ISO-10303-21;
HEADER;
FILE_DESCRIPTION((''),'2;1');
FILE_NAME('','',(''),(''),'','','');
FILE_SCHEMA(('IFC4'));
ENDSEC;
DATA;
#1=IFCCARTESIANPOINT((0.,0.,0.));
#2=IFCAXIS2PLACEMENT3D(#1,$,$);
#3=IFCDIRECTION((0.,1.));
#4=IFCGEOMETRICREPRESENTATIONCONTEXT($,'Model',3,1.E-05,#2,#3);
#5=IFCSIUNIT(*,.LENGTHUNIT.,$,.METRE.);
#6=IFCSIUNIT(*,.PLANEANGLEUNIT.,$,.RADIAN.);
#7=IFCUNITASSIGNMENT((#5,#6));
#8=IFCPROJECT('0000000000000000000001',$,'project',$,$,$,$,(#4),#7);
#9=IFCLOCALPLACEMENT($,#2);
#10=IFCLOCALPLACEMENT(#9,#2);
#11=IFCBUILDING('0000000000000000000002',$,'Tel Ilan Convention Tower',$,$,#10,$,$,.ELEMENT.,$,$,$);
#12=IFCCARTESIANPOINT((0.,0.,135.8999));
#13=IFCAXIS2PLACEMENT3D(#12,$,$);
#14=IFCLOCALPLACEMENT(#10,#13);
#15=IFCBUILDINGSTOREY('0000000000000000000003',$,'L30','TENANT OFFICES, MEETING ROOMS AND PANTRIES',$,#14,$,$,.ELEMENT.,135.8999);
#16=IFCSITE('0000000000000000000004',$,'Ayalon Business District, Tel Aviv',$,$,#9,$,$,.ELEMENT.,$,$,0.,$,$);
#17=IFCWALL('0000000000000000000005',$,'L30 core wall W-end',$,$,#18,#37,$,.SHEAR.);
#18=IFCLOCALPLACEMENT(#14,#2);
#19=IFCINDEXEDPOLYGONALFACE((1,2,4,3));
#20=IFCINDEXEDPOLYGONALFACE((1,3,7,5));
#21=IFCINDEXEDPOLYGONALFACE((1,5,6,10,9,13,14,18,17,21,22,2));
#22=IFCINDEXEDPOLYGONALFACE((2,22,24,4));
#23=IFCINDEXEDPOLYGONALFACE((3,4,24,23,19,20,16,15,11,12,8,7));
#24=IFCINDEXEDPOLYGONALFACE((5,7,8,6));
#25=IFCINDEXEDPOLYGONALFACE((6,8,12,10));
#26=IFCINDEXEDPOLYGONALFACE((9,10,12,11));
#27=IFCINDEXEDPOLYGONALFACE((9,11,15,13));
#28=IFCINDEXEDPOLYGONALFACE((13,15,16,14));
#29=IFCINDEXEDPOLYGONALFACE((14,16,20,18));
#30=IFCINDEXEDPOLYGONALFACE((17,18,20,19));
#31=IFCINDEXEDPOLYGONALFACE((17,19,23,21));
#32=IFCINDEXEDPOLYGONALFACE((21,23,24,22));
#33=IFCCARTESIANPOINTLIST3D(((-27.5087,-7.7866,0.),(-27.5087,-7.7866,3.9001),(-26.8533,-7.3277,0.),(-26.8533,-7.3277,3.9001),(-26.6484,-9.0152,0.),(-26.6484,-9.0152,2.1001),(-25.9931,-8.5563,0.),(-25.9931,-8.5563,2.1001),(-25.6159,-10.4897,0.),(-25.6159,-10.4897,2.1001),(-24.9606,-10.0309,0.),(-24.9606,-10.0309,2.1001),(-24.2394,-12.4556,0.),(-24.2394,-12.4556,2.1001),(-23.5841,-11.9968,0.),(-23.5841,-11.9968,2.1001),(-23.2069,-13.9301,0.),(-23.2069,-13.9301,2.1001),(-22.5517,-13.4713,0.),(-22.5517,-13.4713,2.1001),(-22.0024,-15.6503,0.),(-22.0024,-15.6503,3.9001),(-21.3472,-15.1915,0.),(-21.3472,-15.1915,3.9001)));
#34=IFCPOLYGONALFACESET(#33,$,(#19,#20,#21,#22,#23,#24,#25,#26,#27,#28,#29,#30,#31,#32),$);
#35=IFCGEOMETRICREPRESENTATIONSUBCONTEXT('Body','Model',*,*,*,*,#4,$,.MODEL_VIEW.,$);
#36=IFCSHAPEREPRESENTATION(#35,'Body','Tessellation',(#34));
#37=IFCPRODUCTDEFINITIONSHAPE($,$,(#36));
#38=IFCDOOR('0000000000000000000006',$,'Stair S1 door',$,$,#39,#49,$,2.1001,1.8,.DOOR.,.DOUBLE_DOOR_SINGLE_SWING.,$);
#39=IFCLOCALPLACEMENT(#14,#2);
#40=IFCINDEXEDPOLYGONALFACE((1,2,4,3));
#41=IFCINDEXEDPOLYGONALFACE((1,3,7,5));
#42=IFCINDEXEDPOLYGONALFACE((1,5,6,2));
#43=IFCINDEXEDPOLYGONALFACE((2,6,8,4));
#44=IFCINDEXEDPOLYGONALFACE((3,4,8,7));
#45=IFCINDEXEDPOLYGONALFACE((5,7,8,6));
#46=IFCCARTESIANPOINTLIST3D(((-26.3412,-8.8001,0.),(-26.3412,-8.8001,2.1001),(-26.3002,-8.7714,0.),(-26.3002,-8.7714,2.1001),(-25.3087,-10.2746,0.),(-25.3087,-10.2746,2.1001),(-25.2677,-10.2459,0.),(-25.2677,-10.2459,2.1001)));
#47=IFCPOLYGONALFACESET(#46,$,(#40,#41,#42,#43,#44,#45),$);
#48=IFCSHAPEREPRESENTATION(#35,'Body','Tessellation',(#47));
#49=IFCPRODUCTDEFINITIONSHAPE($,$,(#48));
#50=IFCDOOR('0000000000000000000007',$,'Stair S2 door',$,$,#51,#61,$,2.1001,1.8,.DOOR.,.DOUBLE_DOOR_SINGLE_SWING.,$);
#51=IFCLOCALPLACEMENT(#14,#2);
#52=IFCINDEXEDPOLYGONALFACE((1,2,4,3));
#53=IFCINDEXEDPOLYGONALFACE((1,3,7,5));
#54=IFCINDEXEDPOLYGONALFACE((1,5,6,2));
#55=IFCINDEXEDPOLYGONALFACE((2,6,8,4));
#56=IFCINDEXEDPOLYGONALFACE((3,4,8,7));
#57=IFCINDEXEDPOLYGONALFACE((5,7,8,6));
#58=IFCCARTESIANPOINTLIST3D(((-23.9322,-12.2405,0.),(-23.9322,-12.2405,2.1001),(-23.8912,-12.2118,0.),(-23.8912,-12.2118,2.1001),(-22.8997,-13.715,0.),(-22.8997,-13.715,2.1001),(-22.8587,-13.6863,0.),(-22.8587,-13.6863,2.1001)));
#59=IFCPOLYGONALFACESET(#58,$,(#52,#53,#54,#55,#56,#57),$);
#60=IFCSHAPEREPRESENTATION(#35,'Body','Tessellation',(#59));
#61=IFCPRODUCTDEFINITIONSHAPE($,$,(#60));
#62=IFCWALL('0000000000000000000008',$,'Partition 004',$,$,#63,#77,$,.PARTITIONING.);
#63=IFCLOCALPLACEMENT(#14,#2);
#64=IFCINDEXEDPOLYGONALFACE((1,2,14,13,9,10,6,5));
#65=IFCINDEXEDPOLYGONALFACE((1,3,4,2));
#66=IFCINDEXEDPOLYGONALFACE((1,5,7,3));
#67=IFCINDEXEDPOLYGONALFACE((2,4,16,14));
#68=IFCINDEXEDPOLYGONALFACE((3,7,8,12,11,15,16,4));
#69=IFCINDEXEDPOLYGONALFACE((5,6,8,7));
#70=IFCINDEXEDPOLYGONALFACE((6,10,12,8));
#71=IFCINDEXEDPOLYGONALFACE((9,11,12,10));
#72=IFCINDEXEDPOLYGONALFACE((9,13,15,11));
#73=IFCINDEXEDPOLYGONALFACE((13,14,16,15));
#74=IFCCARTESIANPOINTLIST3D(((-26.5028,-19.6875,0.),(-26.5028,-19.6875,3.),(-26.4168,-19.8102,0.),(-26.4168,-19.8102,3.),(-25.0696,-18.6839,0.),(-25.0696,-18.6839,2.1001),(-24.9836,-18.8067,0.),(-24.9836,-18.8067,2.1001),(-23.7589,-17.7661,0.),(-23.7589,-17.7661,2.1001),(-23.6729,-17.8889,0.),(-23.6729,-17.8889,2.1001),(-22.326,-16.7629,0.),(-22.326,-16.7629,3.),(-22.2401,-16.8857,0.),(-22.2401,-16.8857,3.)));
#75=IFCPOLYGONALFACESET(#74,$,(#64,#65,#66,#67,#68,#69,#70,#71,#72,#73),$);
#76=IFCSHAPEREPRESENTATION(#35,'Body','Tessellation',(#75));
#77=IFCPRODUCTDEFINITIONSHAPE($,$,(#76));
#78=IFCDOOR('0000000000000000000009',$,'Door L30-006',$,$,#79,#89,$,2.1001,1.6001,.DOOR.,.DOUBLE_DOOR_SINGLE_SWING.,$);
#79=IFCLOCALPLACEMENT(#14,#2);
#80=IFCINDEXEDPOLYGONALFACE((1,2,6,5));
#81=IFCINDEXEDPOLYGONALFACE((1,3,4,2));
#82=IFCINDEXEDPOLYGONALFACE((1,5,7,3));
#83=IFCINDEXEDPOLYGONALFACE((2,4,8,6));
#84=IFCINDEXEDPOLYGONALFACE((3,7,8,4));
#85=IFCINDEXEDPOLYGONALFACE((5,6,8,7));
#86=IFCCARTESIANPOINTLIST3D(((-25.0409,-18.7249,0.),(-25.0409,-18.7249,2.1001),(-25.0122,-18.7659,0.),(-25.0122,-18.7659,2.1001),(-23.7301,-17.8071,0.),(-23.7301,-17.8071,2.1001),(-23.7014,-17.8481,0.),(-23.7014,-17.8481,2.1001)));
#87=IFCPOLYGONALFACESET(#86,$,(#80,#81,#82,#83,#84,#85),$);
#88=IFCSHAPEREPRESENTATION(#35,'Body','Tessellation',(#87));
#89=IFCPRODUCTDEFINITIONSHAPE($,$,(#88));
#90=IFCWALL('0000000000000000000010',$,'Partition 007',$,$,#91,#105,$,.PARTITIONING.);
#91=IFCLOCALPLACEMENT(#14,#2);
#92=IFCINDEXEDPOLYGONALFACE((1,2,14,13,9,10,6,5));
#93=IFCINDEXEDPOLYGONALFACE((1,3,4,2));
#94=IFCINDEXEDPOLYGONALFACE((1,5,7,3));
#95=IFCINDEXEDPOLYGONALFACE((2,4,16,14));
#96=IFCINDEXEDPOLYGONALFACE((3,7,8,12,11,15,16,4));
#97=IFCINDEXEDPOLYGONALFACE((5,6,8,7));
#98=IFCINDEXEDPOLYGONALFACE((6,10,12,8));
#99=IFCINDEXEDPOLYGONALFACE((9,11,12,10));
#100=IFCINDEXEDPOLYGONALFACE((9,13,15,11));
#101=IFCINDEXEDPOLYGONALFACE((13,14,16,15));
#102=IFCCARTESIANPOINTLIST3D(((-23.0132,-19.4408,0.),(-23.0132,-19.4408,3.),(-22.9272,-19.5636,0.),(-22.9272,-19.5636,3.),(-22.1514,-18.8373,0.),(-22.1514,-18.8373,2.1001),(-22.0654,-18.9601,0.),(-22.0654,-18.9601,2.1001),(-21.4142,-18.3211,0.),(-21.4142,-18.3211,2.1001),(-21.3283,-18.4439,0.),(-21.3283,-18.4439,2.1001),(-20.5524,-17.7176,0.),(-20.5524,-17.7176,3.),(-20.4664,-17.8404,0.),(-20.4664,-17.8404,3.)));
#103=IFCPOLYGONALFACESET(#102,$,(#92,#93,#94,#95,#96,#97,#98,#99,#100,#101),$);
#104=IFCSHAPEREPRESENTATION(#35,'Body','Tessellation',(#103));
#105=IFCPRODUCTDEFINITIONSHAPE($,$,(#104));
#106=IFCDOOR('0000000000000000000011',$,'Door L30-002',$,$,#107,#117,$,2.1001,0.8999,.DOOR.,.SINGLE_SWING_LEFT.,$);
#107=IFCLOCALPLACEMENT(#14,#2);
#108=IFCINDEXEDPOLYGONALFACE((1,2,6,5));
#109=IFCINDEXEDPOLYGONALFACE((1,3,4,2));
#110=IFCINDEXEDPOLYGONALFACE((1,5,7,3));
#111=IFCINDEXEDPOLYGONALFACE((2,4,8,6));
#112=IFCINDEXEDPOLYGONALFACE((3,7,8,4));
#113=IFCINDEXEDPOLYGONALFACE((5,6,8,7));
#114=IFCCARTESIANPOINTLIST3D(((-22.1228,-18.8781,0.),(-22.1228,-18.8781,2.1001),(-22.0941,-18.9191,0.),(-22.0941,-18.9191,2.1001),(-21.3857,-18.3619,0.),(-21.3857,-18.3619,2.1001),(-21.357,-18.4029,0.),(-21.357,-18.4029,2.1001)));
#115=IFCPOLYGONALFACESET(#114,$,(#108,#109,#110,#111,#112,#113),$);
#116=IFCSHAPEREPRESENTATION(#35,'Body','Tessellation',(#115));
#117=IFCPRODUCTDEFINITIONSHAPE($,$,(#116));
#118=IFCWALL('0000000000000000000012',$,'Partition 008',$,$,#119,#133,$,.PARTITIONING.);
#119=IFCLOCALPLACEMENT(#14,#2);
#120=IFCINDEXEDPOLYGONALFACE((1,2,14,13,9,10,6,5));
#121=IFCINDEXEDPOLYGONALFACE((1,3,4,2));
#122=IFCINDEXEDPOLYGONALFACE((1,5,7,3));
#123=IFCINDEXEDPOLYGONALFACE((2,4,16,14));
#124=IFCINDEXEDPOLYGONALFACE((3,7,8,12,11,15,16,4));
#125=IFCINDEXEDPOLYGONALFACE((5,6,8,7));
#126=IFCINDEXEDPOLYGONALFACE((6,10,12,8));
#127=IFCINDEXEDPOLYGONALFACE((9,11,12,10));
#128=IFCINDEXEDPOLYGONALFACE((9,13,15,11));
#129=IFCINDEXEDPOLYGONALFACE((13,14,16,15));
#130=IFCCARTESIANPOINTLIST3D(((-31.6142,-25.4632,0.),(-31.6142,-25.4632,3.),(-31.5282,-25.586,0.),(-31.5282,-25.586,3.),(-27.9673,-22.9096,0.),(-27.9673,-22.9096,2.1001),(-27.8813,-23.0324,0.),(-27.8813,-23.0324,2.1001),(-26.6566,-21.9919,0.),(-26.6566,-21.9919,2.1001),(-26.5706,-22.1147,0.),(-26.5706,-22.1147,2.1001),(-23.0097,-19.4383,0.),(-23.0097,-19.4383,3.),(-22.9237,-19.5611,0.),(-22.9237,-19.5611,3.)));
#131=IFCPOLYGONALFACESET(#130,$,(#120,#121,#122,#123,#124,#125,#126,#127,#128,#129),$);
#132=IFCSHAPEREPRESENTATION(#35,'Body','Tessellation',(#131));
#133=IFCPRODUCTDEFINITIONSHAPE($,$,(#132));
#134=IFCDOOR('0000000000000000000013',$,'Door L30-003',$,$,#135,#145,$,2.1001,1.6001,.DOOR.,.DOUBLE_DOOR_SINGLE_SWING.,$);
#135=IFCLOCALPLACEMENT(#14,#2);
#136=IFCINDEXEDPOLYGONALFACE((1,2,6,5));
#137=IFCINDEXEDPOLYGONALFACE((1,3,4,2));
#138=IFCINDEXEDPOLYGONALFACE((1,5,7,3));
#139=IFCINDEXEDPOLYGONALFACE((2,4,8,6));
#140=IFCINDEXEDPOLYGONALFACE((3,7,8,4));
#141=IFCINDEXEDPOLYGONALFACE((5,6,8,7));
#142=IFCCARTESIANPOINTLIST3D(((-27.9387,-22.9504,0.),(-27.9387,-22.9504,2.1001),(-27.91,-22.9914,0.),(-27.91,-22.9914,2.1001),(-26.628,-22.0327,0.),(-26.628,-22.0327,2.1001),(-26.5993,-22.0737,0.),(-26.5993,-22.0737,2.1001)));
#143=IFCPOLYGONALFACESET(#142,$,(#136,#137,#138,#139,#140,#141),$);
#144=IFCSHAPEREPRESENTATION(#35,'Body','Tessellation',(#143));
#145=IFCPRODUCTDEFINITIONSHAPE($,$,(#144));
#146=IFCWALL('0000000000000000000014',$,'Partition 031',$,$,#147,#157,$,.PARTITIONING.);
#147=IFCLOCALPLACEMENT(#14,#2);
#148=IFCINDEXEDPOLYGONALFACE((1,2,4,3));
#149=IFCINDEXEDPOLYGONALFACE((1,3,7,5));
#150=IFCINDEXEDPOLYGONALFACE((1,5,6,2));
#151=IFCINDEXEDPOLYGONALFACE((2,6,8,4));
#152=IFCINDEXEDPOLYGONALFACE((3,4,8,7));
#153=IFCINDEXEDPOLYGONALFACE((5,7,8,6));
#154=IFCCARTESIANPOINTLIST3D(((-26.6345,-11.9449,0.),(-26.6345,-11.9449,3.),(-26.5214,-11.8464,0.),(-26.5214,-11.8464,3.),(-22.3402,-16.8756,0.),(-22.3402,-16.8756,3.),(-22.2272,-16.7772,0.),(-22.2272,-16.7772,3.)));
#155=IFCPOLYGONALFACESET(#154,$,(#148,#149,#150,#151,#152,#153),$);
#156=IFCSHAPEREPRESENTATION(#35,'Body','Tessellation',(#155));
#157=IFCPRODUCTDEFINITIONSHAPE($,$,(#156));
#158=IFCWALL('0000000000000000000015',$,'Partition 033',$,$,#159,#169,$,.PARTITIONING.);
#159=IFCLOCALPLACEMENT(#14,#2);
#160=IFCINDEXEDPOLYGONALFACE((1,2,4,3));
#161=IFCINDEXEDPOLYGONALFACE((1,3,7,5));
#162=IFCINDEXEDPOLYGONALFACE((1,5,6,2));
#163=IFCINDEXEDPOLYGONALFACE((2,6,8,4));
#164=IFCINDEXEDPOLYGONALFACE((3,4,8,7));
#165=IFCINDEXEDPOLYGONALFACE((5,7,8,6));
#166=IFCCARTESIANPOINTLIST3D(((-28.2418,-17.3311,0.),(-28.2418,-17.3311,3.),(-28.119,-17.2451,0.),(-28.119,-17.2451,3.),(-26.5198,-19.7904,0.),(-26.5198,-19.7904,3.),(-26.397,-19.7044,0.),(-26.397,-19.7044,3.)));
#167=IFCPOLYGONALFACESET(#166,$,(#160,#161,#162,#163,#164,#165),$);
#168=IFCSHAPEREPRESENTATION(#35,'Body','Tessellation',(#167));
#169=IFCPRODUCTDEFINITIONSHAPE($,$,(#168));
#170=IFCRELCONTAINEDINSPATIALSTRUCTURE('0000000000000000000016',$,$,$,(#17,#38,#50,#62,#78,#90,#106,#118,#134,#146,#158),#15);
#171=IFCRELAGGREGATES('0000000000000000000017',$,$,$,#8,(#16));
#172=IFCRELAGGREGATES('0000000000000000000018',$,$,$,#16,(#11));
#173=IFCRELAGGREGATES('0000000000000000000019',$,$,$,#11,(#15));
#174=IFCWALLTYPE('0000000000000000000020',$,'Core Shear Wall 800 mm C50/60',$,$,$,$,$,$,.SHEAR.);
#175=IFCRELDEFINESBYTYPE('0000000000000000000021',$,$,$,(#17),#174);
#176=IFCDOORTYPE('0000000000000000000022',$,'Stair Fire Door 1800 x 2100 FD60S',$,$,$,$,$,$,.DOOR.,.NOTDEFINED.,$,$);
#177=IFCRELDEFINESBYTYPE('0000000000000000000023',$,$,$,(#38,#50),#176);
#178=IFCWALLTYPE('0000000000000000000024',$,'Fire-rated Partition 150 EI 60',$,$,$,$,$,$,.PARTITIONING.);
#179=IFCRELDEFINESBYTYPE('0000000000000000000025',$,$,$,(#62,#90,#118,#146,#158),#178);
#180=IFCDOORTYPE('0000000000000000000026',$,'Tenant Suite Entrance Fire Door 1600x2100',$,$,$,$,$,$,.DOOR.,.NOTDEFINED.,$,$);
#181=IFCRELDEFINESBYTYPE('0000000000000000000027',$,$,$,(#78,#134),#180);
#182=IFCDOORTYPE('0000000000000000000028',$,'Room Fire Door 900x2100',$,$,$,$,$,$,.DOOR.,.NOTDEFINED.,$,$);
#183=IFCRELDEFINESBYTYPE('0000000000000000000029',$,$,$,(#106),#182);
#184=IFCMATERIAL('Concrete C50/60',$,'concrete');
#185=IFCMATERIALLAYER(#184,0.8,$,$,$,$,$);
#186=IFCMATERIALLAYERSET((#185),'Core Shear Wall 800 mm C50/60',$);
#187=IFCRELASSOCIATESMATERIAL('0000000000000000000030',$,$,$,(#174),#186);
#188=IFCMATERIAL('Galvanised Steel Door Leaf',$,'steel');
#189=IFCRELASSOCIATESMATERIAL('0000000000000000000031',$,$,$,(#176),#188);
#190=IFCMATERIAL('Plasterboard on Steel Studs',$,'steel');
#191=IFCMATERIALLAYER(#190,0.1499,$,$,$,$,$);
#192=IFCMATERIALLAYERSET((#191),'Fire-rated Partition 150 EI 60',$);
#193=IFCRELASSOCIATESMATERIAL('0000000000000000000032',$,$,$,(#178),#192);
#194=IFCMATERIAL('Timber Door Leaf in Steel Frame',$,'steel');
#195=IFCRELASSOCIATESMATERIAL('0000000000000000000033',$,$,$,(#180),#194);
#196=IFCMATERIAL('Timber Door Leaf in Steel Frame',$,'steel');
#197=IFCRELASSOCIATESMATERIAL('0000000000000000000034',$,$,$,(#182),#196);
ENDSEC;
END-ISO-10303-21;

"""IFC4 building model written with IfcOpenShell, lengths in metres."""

from ifc_helpers import new_model, si_unit, direction, frame, frame_2d, origin, place, context, subcontext, project, spatial, polyline, rectangle, outline, extrude, material, layer, layer_set, type_object, element, fill, save


model = new_model("IFC4")

# Units and contexts
model_context = context("Model", 3, precision=1e-05, world=origin(), true_north=direction((0.0, 1.0)))
body_context = subcontext(model_context, "Body", "Model", "MODEL_VIEW")
ifc_project = project(units=[si_unit("LENGTHUNIT", "METRE"), si_unit("PLANEANGLEUNIT", "RADIAN")], contexts=[model_context])

# Site, building, storey
site_placement = place(None, origin())
site = spatial("IfcSite", under=ifc_project, at=site_placement, Name="Ayalon Business District, Tel Aviv", CompositionType="ELEMENT", RefElevation=0.0)
building_placement = place(site_placement, origin())
building = spatial("IfcBuilding", under=site, at=building_placement, Name="Tel Ilan Convention Tower", CompositionType="ELEMENT")
storey_placement = place(building_placement, frame((0.0, 0.0, 135.8999)))
storey = spatial("IfcBuildingStorey", under=building, at=storey_placement, Name="L30", Description="TENANT OFFICES, MEETING ROOMS AND PANTRIES", CompositionType="ELEMENT", Elevation=135.8999)

# Wall, openings, doors
ifc_material_1 = material(Name="Concrete C50/60", Category="concrete")
ifc_layer_1 = layer(ifc_material_1, 0.8)
ifc_layer_set_1 = layer_set([ifc_layer_1], Name="Core Shear Wall 800 mm C50/60")
wall_type_1 = type_object("IfcWallType", Name="Core Shear Wall 800 mm C50/60", PredefinedType="SHEAR", material=ifc_layer_set_1)
wall_1_placement = place(storey_placement, frame((-21.6748, -15.4209, 0.0), z_axis=(0.0, 0.0, 1.0), x_axis=(-0.573582, 0.819148, 0.0)))
wall_1 = element("IfcWall", 1, at=wall_1_placement, inside=storey, type_object=wall_type_1, Name="L30 core wall W-end", PredefinedType="SHEAR", context=body_context, shape_type="SweptSolid", body=[
    extrude(outline(polyline([(0.0, 0.3999), (0.0, -0.3999), (9.5999, -0.4001), (9.5999, 0.3999), (0.0, 0.3999)])), origin(), (0.0, 0.0, 1.0), 3.9001),
])
opening_1_placement = place(wall_1_placement, frame((6.3, 0.0, 0.0)))
opening_1 = element("IfcOpeningElement", 2, at=opening_1_placement, cuts=wall_1, PredefinedType="OPENING", context=body_context, shape_type="SweptSolid", body=[
    extrude(rectangle(XDim=1.8, YDim=2.1001, at=frame_2d((0.8999, 1.05))), frame((0.0, 0.4099, 0.0), z_axis=(0.0, -1.0, 0.0), x_axis=(1.0, 0.0, 0.0)), (0.0, 0.0, 1.0), 0.8201),
])
opening_2_placement = place(wall_1_placement, frame((2.1001, 0.0, 0.0)))
opening_2 = element("IfcOpeningElement", 3, at=opening_2_placement, cuts=wall_1, PredefinedType="OPENING", context=body_context, shape_type="SweptSolid", body=[
    extrude(rectangle(XDim=1.8, YDim=2.1001, at=frame_2d((0.8999, 1.05))), frame((0.0, 0.4099, 0.0), z_axis=(0.0, -1.0, 0.0), x_axis=(1.0, 0.0, 0.0)), (0.0, 0.0, 1.0), 0.8201),
])
ifc_material_2 = material(Name="Galvanised Steel Door Leaf", Category="steel")
door_type_1 = type_object("IfcDoorType", Name="Stair Fire Door 1800 x 2100 FD60S", OperationType="NOTDEFINED", PredefinedType="DOOR", material=ifc_material_2)
door_1_placement = place(opening_1_placement, origin())
door_1 = element("IfcDoor", 4, at=door_1_placement, inside=storey, type_object=door_type_1, Name="Stair S1 door", OperationType="DOUBLE_DOOR_SINGLE_SWING", OverallHeight=2.1001, OverallWidth=1.8, PredefinedType="DOOR", context=body_context, shape_type="SweptSolid", body=[
    extrude(rectangle(XDim=1.8, YDim=2.1001, at=frame_2d((0.8999, 1.05))), frame((0.0, 0.0249, 0.0), z_axis=(0.0, -1.0, 0.0), x_axis=(1.0, 0.0, 0.0)), (0.0, 0.0, 1.0), 0.05),
])
fill(opening_1, door_1)
door_2_placement = place(opening_2_placement, origin())
door_2 = element("IfcDoor", 5, at=door_2_placement, inside=storey, type_object=door_type_1, Name="Stair S2 door", OperationType="DOUBLE_DOOR_SINGLE_SWING", OverallHeight=2.1001, OverallWidth=1.8, PredefinedType="DOOR", context=body_context, shape_type="SweptSolid", body=[
    extrude(rectangle(XDim=1.8, YDim=2.1001, at=frame_2d((0.8999, 1.05))), frame((0.0, 0.0249, 0.0), z_axis=(0.0, -1.0, 0.0), x_axis=(1.0, 0.0, 0.0)), (0.0, 0.0, 1.0), 0.05),
])
fill(opening_2, door_2)

# Walls, openings, doors
ifc_material_3 = material(Name="Plasterboard on Steel Studs", Category="steel")
ifc_layer_2 = layer(ifc_material_3, 0.1499)
ifc_layer_set_2 = layer_set([ifc_layer_2], Name="Fire-rated Partition 150 EI 60")
wall_type_2 = type_object("IfcWallType", Name="Fire-rated Partition 150 EI 60", PredefinedType="PARTITIONING", material=ifc_layer_set_2)
wall_2_placement = place(storey_placement, frame((-26.4597, -19.7488, 0.0), z_axis=(0.0, 0.0, 1.0), x_axis=(0.819155, 0.573572, 0.0)))
wall_2 = element("IfcWall", 6, at=wall_2_placement, inside=storey, type_object=wall_type_2, Name="Partition 004", PredefinedType="PARTITIONING", context=body_context, shape_type="SweptSolid", body=[
    extrude(rectangle(XDim=5.0989, YDim=0.1499, at=frame_2d((2.5493, 0.0))), origin(), (0.0, 0.0, 1.0), 3.0),
])
opening_3_placement = place(wall_2_placement, frame((1.7495, 0.0, 0.0)))
opening_3 = element("IfcOpeningElement", 7, at=opening_3_placement, cuts=wall_2, PredefinedType="OPENING", context=body_context, shape_type="SweptSolid", body=[
    extrude(rectangle(XDim=1.6001, YDim=2.1001, at=frame_2d((0.8, 1.05))), frame((0.0, 0.085, 0.0), z_axis=(0.0, -1.0, 0.0), x_axis=(1.0, 0.0, 0.0)), (0.0, 0.0, 1.0), 0.1699),
])
ifc_material_4 = material(Name="Timber Door Leaf in Steel Frame", Category="steel")
door_type_2 = type_object("IfcDoorType", Name="Tenant Suite Entrance Fire Door 1600x2100", OperationType="NOTDEFINED", PredefinedType="DOOR", material=ifc_material_4)
door_3_placement = place(opening_3_placement, origin())
door_3 = element("IfcDoor", 8, at=door_3_placement, inside=storey, type_object=door_type_2, Name="Door L30-006", OperationType="DOUBLE_DOOR_SINGLE_SWING", OverallHeight=2.1001, OverallWidth=1.6001, PredefinedType="DOOR", context=body_context, shape_type="SweptSolid", body=[
    extrude(rectangle(XDim=1.6001, YDim=2.1001, at=frame_2d((0.8, 1.05))), frame((0.0, 0.0249, 0.0), z_axis=(0.0, -1.0, 0.0), x_axis=(1.0, 0.0, 0.0)), (0.0, 0.0, 1.0), 0.05),
])
fill(opening_3, door_3)
wall_3_placement = place(storey_placement, frame((-20.5095, -17.7791, 0.0), z_axis=(0.0, 0.0, 1.0), x_axis=(-0.819129, -0.57361, 0.0)))
wall_3 = element("IfcWall", 9, at=wall_3_placement, inside=storey, type_object=wall_type_2, Name="Partition 007", PredefinedType="PARTITIONING", context=body_context, shape_type="SweptSolid", body=[
    extrude(rectangle(XDim=3.0042, YDim=0.1499, at=frame_2d((1.502, 0.0))), origin(), (0.0, 0.0, 1.0), 3.0),
])
opening_4_placement = place(wall_3_placement, frame((1.052, 0.0, 0.0)))
opening_4 = element("IfcOpeningElement", 10, at=opening_4_placement, cuts=wall_3, PredefinedType="OPENING", context=body_context, shape_type="SweptSolid", body=[
    extrude(rectangle(XDim=0.8999, YDim=2.1001, at=frame_2d((0.45, 1.05))), frame((0.0, 0.085, 0.0), z_axis=(0.0, -1.0, 0.0), x_axis=(1.0, 0.0, 0.0)), (0.0, 0.0, 1.0), 0.1699),
])
ifc_material_5 = material(Name="Timber Door Leaf in Steel Frame", Category="steel")
door_type_3 = type_object("IfcDoorType", Name="Room Fire Door 900x2100", OperationType="NOTDEFINED", PredefinedType="DOOR", material=ifc_material_5)
door_4_placement = place(opening_4_placement, origin())
door_4 = element("IfcDoor", 11, at=door_4_placement, inside=storey, type_object=door_type_3, Name="Door L30-002", OperationType="SINGLE_SWING_LEFT", OverallHeight=2.1001, OverallWidth=0.8999, PredefinedType="DOOR", context=body_context, shape_type="SweptSolid", body=[
    extrude(rectangle(XDim=0.8999, YDim=2.1001, at=frame_2d((0.45, 1.05))), frame((0.0, 0.0249, 0.0), z_axis=(0.0, -1.0, 0.0), x_axis=(1.0, 0.0, 0.0)), (0.0, 0.0, 1.0), 0.05),
])
fill(opening_4, door_4)
wall_4_placement = place(storey_placement, frame((-22.9668, -19.4998, 0.0), z_axis=(0.0, 0.0, 1.0), x_axis=(-0.819153, -0.573575, 0.0)))
wall_4 = element("IfcWall", 12, at=wall_4_placement, inside=storey, type_object=wall_type_2, Name="Partition 008", PredefinedType="PARTITIONING", context=body_context, shape_type="SweptSolid", body=[
    extrude(rectangle(XDim=10.5042, YDim=0.1499, at=frame_2d((5.252, 0.0))), origin(), (0.0, 0.0, 1.0), 3.0),
])
opening_5_placement = place(wall_4_placement, frame((4.4519, 0.0, 0.0)))
opening_5 = element("IfcOpeningElement", 13, at=opening_5_placement, cuts=wall_4, PredefinedType="OPENING", context=body_context, shape_type="SweptSolid", body=[
    extrude(rectangle(XDim=1.6001, YDim=2.1001, at=frame_2d((0.8, 1.05))), frame((0.0, 0.085, 0.0), z_axis=(0.0, -1.0, 0.0), x_axis=(1.0, 0.0, 0.0)), (0.0, 0.0, 1.0), 0.1699),
])
door_5_placement = place(opening_5_placement, origin())
door_5 = element("IfcDoor", 14, at=door_5_placement, inside=storey, type_object=door_type_2, Name="Door L30-003", OperationType="DOUBLE_DOOR_SINGLE_SWING", OverallHeight=2.1001, OverallWidth=1.6001, PredefinedType="DOOR", context=body_context, shape_type="SweptSolid", body=[
    extrude(rectangle(XDim=1.6001, YDim=2.1001, at=frame_2d((0.8, 1.05))), frame((0.0, 0.0249, 0.0), z_axis=(0.0, -1.0, 0.0), x_axis=(1.0, 0.0, 0.0)), (0.0, 0.0, 1.0), 0.05),
])
fill(opening_5, door_5)

# Walls
wall_5_placement = place(storey_placement, frame((-22.2837, -16.8264, 0.0), z_axis=(0.0, 0.0, 1.0), x_axis=(-0.656758, 0.754101, 0.0)))
element("IfcWall", 15, at=wall_5_placement, inside=storey, type_object=wall_type_2, Name="Partition 031", PredefinedType="PARTITIONING", context=body_context, shape_type="SweptSolid", body=[
    extrude(rectangle(XDim=6.5386, YDim=0.1499, at=frame_2d((3.2693, 0.0))), origin(), (0.0, 0.0, 1.0), 3.0),
])
wall_6_placement = place(storey_placement, frame((-26.4585, -19.7473, 0.0), z_axis=(0.0, 0.0, 1.0), x_axis=(-0.573566, 0.819159, 0.0)))
element("IfcWall", 16, at=wall_6_placement, inside=storey, type_object=wall_type_2, Name="Partition 033", PredefinedType="PARTITIONING", context=body_context, shape_type="SweptSolid", body=[
    extrude(rectangle(XDim=3.0022, YDim=0.1499, at=frame_2d((1.501, 0.0))), origin(), (0.0, 0.0, 1.0), 3.0),
])

save(model, "model.ifc")
